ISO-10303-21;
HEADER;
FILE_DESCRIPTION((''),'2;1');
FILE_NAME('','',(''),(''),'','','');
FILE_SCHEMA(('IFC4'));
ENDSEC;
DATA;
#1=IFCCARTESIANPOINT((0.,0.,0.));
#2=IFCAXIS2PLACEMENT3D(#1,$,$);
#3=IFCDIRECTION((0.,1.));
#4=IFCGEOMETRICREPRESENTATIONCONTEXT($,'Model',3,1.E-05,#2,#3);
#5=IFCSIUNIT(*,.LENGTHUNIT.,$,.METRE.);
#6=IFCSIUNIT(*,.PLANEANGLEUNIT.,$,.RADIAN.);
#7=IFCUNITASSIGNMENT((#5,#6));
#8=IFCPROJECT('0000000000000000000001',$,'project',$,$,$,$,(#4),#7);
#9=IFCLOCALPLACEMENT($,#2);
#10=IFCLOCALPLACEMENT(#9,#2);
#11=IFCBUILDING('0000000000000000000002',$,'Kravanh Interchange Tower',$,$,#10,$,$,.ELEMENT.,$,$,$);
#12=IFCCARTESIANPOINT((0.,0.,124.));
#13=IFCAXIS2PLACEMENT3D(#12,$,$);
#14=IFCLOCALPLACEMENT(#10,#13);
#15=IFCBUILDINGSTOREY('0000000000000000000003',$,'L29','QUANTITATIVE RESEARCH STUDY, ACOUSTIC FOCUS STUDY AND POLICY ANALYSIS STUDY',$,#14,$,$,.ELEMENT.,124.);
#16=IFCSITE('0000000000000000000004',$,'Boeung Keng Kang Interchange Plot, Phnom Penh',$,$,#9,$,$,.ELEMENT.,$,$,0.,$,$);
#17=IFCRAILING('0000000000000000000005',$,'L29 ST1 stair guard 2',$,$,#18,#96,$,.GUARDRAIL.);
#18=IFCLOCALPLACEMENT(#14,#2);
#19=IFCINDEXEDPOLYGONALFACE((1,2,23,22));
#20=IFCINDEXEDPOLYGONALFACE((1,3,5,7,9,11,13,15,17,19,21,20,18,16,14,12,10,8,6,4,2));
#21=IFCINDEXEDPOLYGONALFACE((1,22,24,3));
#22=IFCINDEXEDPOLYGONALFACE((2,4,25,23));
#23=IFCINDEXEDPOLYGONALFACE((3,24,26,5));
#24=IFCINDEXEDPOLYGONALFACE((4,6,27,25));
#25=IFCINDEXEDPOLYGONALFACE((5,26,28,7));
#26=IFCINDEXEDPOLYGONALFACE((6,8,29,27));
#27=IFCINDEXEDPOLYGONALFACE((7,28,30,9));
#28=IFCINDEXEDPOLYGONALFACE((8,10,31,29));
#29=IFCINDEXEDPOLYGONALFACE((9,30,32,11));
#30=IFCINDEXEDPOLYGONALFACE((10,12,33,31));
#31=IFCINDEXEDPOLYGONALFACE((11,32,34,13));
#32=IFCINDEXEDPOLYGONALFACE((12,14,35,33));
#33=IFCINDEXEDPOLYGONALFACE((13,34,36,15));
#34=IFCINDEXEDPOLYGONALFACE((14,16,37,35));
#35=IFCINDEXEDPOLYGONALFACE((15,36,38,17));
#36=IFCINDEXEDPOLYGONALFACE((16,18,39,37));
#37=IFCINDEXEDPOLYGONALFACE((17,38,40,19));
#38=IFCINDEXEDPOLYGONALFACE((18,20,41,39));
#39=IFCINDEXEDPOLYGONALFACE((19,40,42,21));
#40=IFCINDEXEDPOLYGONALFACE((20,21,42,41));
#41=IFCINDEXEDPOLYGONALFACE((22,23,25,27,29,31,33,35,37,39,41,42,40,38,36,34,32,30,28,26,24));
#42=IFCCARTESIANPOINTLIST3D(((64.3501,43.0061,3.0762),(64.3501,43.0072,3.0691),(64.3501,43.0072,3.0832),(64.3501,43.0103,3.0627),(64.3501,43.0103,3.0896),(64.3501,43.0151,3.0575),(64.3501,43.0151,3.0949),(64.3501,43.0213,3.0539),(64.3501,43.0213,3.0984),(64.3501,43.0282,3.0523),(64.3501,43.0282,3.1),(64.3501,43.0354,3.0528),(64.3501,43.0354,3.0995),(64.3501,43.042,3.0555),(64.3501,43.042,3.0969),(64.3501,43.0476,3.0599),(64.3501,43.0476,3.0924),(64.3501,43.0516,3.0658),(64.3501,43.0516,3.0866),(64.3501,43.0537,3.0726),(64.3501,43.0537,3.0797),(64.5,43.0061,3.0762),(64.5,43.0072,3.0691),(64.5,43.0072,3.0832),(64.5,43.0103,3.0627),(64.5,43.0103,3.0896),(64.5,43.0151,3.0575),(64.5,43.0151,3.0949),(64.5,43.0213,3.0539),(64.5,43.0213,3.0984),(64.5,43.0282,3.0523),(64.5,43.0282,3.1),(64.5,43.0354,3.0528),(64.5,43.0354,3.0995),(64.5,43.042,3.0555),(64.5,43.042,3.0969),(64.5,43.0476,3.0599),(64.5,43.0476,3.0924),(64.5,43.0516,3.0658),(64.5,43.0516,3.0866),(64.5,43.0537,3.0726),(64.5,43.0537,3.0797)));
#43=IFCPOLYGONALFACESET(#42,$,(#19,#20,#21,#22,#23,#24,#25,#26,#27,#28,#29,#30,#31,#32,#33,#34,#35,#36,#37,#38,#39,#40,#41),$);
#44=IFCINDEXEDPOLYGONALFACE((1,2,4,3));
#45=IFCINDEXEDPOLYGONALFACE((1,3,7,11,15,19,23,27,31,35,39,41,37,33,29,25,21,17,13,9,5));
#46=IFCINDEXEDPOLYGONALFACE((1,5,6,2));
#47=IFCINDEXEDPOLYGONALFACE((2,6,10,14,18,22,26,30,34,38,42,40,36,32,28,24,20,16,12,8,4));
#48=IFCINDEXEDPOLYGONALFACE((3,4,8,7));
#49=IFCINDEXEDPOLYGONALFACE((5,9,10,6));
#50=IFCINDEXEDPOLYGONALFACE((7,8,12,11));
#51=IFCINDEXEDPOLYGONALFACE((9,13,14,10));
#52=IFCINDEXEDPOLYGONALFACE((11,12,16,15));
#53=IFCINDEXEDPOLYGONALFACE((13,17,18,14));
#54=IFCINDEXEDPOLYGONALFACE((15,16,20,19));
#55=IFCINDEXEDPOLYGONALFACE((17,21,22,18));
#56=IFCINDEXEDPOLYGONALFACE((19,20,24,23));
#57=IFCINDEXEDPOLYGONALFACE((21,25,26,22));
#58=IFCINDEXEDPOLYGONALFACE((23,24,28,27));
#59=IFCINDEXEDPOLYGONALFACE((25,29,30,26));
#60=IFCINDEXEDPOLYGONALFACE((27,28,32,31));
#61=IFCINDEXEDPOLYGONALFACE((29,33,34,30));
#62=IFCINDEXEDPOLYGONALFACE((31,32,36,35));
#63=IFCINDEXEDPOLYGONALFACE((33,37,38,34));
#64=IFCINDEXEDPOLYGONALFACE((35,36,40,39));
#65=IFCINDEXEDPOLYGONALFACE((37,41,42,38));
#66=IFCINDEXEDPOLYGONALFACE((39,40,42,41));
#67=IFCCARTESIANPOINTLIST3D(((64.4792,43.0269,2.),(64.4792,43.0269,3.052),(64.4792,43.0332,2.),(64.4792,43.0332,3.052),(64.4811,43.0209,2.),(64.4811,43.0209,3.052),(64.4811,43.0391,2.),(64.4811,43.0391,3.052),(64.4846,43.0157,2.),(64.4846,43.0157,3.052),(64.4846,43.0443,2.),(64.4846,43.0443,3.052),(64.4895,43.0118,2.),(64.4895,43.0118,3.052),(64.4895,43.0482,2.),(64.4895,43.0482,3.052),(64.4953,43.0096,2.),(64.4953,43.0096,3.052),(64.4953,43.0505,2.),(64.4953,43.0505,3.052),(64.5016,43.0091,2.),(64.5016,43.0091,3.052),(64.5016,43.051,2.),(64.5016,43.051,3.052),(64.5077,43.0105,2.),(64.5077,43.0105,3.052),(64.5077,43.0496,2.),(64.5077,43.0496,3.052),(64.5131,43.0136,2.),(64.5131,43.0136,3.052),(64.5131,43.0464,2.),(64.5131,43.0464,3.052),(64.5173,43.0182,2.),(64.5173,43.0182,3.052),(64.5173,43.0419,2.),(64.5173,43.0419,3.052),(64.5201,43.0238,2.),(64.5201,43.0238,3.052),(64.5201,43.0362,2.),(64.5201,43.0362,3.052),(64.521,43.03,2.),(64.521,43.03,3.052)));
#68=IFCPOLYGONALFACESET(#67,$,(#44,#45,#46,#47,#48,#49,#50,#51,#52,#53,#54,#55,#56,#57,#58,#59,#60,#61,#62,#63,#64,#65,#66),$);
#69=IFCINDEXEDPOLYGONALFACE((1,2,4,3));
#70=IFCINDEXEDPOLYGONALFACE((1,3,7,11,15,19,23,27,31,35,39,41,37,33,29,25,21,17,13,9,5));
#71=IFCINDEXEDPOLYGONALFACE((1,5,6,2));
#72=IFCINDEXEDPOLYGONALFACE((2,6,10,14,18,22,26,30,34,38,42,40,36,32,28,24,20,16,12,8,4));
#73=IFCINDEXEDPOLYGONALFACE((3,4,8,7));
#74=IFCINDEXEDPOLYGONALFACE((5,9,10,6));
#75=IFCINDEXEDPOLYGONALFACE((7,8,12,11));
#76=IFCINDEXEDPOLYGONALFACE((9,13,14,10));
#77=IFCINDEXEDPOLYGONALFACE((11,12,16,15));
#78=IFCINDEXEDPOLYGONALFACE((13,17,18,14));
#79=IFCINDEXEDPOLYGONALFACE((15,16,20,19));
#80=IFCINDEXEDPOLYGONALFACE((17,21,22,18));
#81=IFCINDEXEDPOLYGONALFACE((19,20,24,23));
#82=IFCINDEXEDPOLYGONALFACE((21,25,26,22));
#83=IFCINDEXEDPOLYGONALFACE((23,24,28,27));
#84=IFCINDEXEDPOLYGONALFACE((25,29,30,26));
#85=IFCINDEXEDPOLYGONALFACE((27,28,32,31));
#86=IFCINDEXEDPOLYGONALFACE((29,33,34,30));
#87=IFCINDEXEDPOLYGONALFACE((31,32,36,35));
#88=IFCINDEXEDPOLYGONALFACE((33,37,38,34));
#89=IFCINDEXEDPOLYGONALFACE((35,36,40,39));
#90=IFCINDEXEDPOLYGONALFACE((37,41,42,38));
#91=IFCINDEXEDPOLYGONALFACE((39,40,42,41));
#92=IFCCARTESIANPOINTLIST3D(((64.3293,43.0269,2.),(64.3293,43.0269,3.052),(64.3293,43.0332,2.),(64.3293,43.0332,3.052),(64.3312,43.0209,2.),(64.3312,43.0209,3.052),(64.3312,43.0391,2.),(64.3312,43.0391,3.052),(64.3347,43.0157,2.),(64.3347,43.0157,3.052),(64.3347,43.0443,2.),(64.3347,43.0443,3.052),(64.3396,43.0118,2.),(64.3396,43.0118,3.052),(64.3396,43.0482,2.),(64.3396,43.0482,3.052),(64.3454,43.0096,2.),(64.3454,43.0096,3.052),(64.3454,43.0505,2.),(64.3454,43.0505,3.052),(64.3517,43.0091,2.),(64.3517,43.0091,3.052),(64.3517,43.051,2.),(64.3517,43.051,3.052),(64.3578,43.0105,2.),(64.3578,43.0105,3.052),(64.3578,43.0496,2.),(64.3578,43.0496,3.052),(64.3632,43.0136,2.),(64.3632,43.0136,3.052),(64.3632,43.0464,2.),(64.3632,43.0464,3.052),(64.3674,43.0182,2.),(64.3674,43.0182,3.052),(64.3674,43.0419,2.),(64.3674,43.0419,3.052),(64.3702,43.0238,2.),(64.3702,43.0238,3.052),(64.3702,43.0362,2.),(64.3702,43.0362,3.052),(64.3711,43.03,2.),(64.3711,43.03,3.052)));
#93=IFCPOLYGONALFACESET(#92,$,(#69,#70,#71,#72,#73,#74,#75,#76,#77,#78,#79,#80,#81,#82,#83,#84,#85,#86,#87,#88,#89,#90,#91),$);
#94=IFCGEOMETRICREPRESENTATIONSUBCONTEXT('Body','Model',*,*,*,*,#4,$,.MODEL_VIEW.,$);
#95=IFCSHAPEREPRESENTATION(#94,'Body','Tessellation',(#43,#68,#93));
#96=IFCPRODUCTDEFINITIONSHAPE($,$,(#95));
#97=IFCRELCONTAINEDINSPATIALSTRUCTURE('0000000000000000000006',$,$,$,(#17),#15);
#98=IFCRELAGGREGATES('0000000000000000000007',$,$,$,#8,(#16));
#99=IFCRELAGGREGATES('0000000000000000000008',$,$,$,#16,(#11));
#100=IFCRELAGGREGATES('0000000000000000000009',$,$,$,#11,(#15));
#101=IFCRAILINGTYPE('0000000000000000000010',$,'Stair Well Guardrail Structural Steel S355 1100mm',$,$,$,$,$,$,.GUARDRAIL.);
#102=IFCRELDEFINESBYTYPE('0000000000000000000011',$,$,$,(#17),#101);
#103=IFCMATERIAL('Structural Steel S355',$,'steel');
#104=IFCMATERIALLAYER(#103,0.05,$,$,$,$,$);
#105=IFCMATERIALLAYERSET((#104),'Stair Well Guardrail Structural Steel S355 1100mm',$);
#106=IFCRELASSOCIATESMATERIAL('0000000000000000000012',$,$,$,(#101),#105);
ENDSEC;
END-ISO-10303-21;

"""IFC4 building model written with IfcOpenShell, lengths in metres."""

from ifc_helpers import new_model, si_unit, direction, frame, origin, origin_2d, place, context, subcontext, project, spatial, circle, extrude, material, layer, layer_set, type_object, element, save


model = new_model("IFC4")

# Units and contexts
model_context = context("Model", 3, precision=1e-05, world=origin(), true_north=direction((0.0, 1.0)))
body_context = subcontext(model_context, "Body", "Model", "MODEL_VIEW")
ifc_project = project(units=[si_unit("LENGTHUNIT", "METRE"), si_unit("PLANEANGLEUNIT", "RADIAN")], contexts=[model_context])

# Site, building, storey
site_placement = place(None, origin())
site = spatial("IfcSite", under=ifc_project, at=site_placement, Name="Boeung Keng Kang Interchange Plot, Phnom Penh", CompositionType="ELEMENT", RefElevation=0.0)
building_placement = place(site_placement, origin())
building = spatial("IfcBuilding", under=site, at=building_placement, Name="Kravanh Interchange Tower", CompositionType="ELEMENT")
storey_placement = place(building_placement, frame((0.0, 0.0, 124.0)))
storey = spatial("IfcBuildingStorey", under=building, at=storey_placement, Name="L29", Description="QUANTITATIVE RESEARCH STUDY, ACOUSTIC FOCUS STUDY AND POLICY ANALYSIS STUDY", CompositionType="ELEMENT", Elevation=124.0)

# Railing
ifc_material_1 = material(Name="Structural Steel S355", Category="steel")
ifc_layer_1 = layer(ifc_material_1, 0.05)
ifc_layer_set_1 = layer_set([ifc_layer_1], Name="Stair Well Guardrail Structural Steel S355 1100mm")
railing_type_1 = type_object("IfcRailingType", Name="Stair Well Guardrail Structural Steel S355 1100mm", PredefinedType="GUARDRAIL", material=ifc_layer_set_1)
railing_1_placement = place(storey_placement, frame((64.5, 43.03, 2.0)))
element("IfcRailing", 1, at=railing_1_placement, inside=storey, type_object=railing_type_1, Name="L29 ST1 stair guard 2", PredefinedType="GUARDRAIL", context=body_context, shape_type="SweptSolid", body=[
    extrude(circle(Radius=0.0239, at=origin_2d()), frame((0.0, 0.0, 1.0762), z_axis=(-1.0, 0.0, 0.0), x_axis=(0.0, -1.0, 0.0)), (0.0, 0.0, 1.0), 0.1499),
    extrude(circle(Radius=0.021, at=origin_2d()), origin(), (0.0, 0.0, 1.0), 1.052),
    extrude(circle(Radius=0.021, at=origin_2d()), frame((-0.1499, 0.0, 0.0)), (0.0, 0.0, 1.0), 1.052),
])

save(model, "model.ifc")
